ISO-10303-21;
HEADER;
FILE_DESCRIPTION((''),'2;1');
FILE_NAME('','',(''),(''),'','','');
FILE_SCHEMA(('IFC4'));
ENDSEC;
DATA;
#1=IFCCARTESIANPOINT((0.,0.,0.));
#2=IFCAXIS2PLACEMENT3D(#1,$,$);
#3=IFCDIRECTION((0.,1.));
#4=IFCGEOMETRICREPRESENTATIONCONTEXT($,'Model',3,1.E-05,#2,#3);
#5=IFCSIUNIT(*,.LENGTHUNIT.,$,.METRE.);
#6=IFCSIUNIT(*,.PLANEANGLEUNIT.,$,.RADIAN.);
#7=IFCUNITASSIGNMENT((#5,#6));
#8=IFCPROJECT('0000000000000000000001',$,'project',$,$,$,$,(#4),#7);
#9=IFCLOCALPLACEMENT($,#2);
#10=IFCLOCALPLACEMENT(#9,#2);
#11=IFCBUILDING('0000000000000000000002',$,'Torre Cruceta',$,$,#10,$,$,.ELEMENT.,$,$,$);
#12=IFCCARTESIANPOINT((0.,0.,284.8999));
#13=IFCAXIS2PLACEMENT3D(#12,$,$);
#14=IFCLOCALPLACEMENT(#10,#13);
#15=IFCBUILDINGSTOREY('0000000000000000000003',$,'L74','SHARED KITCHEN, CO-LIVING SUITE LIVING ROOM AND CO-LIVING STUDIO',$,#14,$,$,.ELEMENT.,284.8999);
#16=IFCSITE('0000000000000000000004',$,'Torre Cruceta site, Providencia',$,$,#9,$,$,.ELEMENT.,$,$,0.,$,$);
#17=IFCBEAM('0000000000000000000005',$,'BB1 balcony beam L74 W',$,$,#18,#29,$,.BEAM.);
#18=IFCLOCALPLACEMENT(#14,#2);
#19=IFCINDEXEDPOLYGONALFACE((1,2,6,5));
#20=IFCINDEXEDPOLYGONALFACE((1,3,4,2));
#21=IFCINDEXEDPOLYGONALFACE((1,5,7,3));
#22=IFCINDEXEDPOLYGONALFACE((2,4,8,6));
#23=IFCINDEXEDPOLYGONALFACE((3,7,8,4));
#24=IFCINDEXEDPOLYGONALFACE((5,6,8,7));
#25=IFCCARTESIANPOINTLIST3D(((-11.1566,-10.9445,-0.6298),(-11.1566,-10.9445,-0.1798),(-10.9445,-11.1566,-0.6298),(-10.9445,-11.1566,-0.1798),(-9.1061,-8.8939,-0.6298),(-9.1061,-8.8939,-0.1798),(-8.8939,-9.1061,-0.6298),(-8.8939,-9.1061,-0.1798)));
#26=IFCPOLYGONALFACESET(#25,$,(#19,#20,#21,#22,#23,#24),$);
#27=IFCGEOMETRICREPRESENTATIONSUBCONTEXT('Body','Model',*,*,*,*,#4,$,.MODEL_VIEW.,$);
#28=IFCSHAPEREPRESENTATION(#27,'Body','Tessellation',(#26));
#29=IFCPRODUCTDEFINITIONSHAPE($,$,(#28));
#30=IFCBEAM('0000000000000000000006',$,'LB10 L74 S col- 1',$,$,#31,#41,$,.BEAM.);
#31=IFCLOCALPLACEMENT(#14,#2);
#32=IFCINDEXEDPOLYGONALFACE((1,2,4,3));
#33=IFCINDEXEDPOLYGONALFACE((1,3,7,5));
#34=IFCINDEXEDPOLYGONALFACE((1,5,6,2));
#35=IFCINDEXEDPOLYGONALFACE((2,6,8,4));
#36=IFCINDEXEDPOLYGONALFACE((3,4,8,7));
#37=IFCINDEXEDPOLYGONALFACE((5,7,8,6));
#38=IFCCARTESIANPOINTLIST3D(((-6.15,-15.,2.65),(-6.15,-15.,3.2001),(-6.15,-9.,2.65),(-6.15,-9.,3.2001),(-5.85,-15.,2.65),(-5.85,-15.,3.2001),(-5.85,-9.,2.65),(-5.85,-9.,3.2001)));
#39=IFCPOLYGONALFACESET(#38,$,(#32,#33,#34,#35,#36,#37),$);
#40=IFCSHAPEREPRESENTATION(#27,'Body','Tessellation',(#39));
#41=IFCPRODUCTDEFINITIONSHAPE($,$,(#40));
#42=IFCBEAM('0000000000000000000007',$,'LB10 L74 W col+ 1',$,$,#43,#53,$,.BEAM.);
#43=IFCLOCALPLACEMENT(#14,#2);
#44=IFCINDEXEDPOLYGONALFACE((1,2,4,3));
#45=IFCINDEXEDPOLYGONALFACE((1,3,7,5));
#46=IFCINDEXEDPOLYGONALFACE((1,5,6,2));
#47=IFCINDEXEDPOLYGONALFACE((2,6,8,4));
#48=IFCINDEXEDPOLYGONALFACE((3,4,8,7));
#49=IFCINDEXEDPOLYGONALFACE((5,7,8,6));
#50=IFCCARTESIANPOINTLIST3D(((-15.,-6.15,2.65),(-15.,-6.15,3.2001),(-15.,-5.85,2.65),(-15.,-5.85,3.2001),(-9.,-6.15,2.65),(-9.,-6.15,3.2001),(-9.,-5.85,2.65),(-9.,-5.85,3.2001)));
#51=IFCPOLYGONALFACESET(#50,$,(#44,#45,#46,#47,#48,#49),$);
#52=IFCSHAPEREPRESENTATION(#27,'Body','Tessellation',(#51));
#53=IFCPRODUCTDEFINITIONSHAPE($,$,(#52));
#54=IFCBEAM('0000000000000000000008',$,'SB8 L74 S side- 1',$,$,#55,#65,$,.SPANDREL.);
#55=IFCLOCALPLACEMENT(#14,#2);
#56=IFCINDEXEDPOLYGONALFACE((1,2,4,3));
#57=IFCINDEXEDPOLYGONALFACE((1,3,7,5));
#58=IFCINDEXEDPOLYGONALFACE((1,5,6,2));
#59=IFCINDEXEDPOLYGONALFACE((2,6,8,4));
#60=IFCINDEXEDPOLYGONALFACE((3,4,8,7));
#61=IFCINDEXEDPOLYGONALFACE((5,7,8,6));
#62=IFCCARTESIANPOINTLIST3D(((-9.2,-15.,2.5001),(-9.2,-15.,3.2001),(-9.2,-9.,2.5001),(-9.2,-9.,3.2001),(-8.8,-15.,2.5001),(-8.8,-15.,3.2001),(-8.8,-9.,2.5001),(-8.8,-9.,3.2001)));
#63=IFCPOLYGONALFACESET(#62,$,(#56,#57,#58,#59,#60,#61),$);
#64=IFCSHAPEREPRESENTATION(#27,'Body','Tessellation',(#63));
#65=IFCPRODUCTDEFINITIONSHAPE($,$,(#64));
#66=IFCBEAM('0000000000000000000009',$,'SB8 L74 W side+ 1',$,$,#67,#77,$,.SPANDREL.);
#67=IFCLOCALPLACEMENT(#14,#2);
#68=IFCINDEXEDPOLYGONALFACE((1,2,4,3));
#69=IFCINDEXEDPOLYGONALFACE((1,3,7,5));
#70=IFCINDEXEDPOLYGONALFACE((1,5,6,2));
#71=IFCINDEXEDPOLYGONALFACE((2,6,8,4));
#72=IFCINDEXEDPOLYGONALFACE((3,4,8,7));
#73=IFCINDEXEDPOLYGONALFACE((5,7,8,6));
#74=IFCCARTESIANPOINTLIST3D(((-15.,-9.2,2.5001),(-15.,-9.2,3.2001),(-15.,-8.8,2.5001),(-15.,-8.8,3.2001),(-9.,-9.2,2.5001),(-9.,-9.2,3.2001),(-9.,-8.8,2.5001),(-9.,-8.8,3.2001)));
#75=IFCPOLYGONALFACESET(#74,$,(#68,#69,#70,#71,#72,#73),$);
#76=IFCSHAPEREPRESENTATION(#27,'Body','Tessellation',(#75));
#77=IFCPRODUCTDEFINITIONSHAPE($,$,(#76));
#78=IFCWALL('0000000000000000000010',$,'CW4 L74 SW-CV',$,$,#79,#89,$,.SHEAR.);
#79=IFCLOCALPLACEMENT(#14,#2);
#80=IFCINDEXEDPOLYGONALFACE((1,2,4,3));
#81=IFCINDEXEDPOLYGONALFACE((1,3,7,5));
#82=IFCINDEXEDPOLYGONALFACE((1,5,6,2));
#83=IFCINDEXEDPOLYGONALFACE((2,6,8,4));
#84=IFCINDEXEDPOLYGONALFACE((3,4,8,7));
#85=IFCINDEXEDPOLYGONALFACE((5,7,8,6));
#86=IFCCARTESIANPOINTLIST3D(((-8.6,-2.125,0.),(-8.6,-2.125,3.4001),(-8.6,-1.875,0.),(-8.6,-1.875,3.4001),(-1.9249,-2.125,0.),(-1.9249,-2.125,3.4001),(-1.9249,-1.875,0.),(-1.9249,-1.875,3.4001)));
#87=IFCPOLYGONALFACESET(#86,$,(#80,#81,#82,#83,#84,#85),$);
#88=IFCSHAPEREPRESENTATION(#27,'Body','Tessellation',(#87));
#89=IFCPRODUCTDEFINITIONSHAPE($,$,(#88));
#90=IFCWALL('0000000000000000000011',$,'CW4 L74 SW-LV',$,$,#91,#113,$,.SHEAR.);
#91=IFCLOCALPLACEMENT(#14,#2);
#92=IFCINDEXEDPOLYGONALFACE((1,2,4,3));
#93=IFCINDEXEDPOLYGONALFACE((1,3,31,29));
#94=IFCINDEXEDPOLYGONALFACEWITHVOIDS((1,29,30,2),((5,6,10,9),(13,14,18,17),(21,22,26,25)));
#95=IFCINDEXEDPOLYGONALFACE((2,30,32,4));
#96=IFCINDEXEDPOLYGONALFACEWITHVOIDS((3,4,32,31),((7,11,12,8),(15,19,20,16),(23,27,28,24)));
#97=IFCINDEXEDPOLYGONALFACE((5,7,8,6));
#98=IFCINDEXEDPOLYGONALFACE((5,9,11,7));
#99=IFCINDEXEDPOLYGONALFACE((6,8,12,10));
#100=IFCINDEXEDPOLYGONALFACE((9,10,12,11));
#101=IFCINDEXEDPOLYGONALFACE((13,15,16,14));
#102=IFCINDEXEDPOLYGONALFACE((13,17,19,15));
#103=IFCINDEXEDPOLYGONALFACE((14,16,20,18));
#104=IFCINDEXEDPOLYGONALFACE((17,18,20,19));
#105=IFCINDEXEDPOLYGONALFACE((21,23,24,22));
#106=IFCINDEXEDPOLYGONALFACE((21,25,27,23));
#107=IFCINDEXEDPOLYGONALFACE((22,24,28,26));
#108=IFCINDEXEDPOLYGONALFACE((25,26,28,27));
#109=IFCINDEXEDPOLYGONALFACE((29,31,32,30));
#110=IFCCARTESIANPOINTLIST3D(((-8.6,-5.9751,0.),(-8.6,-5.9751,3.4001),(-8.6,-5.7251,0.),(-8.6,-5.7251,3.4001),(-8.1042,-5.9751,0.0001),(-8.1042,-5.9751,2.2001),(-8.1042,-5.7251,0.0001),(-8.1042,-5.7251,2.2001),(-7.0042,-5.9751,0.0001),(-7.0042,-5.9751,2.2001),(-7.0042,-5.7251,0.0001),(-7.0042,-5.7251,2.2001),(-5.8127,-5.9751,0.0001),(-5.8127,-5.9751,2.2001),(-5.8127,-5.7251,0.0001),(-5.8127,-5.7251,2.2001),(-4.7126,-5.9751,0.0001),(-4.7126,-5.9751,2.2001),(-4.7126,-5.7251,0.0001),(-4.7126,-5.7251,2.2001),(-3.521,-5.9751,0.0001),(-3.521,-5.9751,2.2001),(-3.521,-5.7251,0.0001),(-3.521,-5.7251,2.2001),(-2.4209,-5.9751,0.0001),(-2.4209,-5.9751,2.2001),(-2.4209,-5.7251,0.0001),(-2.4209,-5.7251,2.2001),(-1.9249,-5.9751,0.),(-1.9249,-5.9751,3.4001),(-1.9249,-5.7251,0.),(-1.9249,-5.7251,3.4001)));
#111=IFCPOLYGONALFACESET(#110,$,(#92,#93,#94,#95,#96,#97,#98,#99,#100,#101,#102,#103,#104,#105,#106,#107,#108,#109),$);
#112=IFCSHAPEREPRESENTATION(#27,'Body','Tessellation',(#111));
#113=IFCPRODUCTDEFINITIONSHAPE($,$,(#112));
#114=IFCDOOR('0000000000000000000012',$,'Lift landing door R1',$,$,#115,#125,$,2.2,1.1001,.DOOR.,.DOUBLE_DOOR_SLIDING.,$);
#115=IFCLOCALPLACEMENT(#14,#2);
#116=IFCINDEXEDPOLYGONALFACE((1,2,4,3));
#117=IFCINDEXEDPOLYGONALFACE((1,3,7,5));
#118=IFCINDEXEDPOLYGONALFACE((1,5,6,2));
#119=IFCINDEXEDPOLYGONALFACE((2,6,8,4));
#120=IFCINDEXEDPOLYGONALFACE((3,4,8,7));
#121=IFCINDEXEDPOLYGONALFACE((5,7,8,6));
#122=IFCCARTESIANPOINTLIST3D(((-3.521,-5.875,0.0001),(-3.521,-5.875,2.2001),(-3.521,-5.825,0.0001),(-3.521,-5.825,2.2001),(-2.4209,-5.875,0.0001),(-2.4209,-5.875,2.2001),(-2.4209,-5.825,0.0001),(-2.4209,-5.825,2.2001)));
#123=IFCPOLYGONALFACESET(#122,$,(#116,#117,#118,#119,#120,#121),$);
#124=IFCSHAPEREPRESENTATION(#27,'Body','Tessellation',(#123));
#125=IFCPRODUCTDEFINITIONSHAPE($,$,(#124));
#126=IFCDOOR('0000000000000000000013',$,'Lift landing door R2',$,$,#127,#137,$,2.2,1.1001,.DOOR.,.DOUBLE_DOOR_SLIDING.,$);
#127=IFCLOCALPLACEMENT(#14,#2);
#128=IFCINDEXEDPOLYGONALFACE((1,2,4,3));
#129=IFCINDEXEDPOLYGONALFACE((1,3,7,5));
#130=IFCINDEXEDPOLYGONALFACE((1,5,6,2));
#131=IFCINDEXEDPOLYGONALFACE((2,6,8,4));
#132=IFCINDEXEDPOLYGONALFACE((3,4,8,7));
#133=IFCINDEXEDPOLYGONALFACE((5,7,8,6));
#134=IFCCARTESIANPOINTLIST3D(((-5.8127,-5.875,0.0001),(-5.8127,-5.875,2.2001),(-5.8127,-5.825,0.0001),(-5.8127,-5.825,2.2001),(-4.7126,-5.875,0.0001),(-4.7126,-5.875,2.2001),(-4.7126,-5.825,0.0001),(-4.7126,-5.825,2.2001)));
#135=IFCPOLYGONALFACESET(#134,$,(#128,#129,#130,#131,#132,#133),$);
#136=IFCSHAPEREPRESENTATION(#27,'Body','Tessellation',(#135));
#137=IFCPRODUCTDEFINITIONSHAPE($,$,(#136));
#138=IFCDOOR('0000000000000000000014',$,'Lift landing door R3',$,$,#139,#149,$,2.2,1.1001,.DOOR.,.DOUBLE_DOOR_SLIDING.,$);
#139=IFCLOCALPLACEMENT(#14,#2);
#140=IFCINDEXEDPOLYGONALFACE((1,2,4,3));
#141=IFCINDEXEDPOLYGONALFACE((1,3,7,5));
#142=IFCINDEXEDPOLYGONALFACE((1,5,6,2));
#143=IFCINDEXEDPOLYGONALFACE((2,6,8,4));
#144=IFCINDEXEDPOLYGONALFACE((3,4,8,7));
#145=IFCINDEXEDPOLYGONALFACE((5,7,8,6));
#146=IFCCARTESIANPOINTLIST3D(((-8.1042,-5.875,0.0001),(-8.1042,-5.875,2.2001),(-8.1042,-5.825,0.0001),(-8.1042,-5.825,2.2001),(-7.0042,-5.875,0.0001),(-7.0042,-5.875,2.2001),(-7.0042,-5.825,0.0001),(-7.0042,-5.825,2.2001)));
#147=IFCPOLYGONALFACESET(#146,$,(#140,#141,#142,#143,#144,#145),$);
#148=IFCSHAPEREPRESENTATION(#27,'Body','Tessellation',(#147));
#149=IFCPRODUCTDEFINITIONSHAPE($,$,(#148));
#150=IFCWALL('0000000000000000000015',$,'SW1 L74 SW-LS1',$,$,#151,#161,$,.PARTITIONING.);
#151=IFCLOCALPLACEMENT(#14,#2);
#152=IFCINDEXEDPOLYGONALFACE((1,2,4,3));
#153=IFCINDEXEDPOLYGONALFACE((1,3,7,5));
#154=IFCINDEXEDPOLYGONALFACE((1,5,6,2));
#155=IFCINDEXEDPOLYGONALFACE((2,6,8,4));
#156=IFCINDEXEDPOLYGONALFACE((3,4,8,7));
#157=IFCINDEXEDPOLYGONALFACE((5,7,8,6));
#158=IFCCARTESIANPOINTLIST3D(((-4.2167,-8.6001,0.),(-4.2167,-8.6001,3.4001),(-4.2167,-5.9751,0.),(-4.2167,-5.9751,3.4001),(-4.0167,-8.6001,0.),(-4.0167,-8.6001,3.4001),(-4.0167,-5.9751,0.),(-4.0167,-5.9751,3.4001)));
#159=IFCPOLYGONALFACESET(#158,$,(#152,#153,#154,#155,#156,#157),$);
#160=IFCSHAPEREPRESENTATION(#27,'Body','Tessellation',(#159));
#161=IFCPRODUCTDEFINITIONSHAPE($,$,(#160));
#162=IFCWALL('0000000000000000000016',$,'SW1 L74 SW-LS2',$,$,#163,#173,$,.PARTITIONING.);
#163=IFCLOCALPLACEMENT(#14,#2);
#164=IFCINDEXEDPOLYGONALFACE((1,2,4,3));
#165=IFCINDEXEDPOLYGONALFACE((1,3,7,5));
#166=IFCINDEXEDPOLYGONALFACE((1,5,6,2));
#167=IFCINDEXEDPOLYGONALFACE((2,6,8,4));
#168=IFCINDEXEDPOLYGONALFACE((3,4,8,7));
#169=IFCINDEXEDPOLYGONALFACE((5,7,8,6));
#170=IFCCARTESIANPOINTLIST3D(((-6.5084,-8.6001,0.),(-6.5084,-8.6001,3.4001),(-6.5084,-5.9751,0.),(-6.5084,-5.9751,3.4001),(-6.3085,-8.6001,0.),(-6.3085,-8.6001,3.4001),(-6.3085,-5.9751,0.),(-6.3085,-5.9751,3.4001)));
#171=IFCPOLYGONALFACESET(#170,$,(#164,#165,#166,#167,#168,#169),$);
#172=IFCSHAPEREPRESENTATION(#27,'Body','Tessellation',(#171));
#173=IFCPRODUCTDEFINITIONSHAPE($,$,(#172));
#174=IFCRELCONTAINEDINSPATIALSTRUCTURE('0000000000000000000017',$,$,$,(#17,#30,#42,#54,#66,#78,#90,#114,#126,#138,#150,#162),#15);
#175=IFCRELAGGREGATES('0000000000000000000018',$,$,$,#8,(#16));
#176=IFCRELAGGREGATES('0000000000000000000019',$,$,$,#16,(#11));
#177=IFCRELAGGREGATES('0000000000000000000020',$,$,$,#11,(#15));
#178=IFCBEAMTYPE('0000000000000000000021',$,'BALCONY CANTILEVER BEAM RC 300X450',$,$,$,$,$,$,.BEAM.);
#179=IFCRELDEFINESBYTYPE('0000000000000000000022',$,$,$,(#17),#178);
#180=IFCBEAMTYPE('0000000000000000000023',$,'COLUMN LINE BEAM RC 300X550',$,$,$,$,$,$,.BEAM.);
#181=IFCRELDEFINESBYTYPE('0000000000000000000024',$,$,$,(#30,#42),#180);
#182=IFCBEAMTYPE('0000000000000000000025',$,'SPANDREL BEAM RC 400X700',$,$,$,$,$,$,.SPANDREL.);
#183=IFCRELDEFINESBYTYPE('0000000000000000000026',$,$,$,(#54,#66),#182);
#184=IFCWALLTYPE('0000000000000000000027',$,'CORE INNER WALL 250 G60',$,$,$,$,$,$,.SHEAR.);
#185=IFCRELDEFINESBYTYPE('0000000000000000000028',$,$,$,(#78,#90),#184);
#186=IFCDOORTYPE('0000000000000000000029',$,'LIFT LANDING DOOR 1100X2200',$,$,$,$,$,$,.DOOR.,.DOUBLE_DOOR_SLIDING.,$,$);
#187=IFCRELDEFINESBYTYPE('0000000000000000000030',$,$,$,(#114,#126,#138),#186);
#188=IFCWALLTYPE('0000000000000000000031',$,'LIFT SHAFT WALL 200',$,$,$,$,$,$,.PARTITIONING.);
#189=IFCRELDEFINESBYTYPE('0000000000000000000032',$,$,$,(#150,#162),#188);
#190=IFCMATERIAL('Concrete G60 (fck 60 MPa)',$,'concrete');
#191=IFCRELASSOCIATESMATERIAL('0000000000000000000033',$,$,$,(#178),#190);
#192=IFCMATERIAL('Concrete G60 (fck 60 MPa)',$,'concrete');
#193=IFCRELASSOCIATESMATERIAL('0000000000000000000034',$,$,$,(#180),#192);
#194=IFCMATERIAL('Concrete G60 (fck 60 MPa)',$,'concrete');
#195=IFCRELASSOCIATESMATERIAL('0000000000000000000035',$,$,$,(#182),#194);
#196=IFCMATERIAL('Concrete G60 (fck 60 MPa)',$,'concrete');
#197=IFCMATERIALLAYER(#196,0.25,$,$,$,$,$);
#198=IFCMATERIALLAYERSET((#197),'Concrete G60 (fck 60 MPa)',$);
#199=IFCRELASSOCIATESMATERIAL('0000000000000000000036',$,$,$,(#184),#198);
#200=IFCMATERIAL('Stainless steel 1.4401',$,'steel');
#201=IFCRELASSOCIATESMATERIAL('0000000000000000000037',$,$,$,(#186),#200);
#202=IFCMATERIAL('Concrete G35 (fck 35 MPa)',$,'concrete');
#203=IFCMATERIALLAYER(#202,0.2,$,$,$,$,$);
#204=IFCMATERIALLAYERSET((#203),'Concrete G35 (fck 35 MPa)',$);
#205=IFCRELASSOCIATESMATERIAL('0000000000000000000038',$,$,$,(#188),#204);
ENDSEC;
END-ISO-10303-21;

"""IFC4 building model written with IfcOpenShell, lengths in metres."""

from ifc_helpers import new_model, si_unit, direction, frame, frame_2d, origin, origin_2d, place, context, subcontext, project, spatial, rectangle, extrude, material, layer, layer_set, material_profile, profile_set, type_object, element, fill, save


model = new_model("IFC4")

# Units and contexts
model_context = context("Model", 3, precision=1e-05, world=origin(), true_north=direction((0.0, 1.0)))
body_context = subcontext(model_context, "Body", "Model", "MODEL_VIEW")
ifc_project = project(units=[si_unit("LENGTHUNIT", "METRE"), si_unit("PLANEANGLEUNIT", "RADIAN")], contexts=[model_context])

# Site, building, storey
site_placement = place(None, origin())
site = spatial("IfcSite", under=ifc_project, at=site_placement, Name="Torre Cruceta site, Providencia", CompositionType="ELEMENT", RefElevation=0.0)
building_placement = place(site_placement, origin())
building = spatial("IfcBuilding", under=site, at=building_placement, Name="Torre Cruceta", CompositionType="ELEMENT")
storey_placement = place(building_placement, frame((0.0, 0.0, 284.8999)))
storey = spatial("IfcBuildingStorey", under=building, at=storey_placement, Name="L74", Description="SHARED KITCHEN, CO-LIVING SUITE LIVING ROOM AND CO-LIVING STUDIO", CompositionType="ELEMENT", Elevation=284.8999)

# Beams
ifc_material_1 = material(Name="Concrete G60 (fck 60 MPa)", Category="concrete")
ifc_material_profile_1 = material_profile(ifc_material_1, rectangle(XDim=0.3, YDim=0.45, at=origin_2d()), Name="RC 300X450")
ifc_profile_set_1 = profile_set([ifc_material_profile_1], Name="Concrete G60 (fck 60 MPa)")
beam_type_1 = type_object("IfcBeamType", Name="BALCONY CANTILEVER BEAM RC 300X450", PredefinedType="BEAM", material=ifc_profile_set_1)
beam_placement = place(storey_placement, frame((-9.0, -9.0, -0.4048), z_axis=(-0.707107, -0.707107, 0.0), x_axis=(0.707107, -0.707107, 0.0)))
element("IfcBeam", 1, at=beam_placement, inside=storey, type_object=beam_type_1, Name="BB1 balcony beam L74 W", PredefinedType="BEAM", context=body_context, shape_type="SweptSolid", body=[
    extrude(rectangle(XDim=0.3, YDim=0.45, at=origin_2d()), origin(), (0.0, 0.0, 1.0), 2.8999),
])
ifc_material_2 = material(Name="Concrete G60 (fck 60 MPa)", Category="concrete")
ifc_material_profile_2 = material_profile(ifc_material_2, rectangle(XDim=0.3, YDim=0.55, at=origin_2d()), Name="RC 300X550")
ifc_profile_set_2 = profile_set([ifc_material_profile_2], Name="Concrete G60 (fck 60 MPa)")
beam_type_2 = type_object("IfcBeamType", Name="COLUMN LINE BEAM RC 300X550", PredefinedType="BEAM", material=ifc_profile_set_2)
for number, where, z_axis, x_axis, name in (
    (2, (-6.0, -9.0, 2.925), (0.0, -1.0, 0.0), (1.0, 0.0, 0.0), "LB10 L74 S col- 1"),
    (3, (-9.0, -6.0, 2.925), (-1.0, 0.0, 0.0), (0.0, -1.0, 0.0), "LB10 L74 W col+ 1"),
):
    element("IfcBeam", number, at=place(storey_placement, frame(where, z_axis=z_axis, x_axis=x_axis)), inside=storey, type_object=beam_type_2, Name=name, PredefinedType="BEAM", context=body_context, shape_type="SweptSolid", body=[
        extrude(rectangle(XDim=0.3, YDim=0.55, at=origin_2d()), origin(), (0.0, 0.0, 1.0), 6.0),
    ])
ifc_material_3 = material(Name="Concrete G60 (fck 60 MPa)", Category="concrete")
ifc_material_profile_3 = material_profile(ifc_material_3, rectangle(XDim=0.3999, YDim=0.7, at=origin_2d()), Name="RC 400X700")
ifc_profile_set_3 = profile_set([ifc_material_profile_3], Name="Concrete G60 (fck 60 MPa)")
beam_type_3 = type_object("IfcBeamType", Name="SPANDREL BEAM RC 400X700", PredefinedType="SPANDREL", material=ifc_profile_set_3)
for number, where, z_axis, x_axis, name in (
    (4, (-9.0, -9.0, 2.8501), (0.0, -1.0, 0.0), (1.0, 0.0, 0.0), "SB8 L74 S side- 1"),
    (5, (-9.0, -9.0, 2.8501), (-1.0, 0.0, 0.0), (0.0, -1.0, 0.0), "SB8 L74 W side+ 1"),
):
    element("IfcBeam", number, at=place(storey_placement, frame(where, z_axis=z_axis, x_axis=x_axis)), inside=storey, type_object=beam_type_3, Name=name, PredefinedType="SPANDREL", context=body_context, shape_type="SweptSolid", body=[
        extrude(rectangle(XDim=0.3999, YDim=0.7, at=origin_2d()), origin(), (0.0, 0.0, 1.0), 6.0),
    ])

# Shared definitions
ifc_material_4 = material(Name="Concrete G60 (fck 60 MPa)", Category="concrete")
ifc_layer_1 = layer(ifc_material_4, 0.25)
ifc_layer_set_1 = layer_set([ifc_layer_1], Name="Concrete G60 (fck 60 MPa)")
wall_type_1 = type_object("IfcWallType", Name="CORE INNER WALL 250 G60", PredefinedType="SHEAR", material=ifc_layer_set_1)

# Wall
wall_1_placement = place(storey_placement, frame((-1.925, -2.0, 0.0), z_axis=(0.0, 0.0, 1.0), x_axis=(-1.0, 0.0, 0.0)))
element("IfcWall", 6, at=wall_1_placement, inside=storey, type_object=wall_type_1, Name="CW4 L74 SW-CV", PredefinedType="SHEAR", context=body_context, shape_type="SweptSolid", body=[
    extrude(rectangle(XDim=6.675, YDim=0.25, at=frame_2d((3.3374, 0.0))), origin(), (0.0, 0.0, 1.0), 3.4001),
])

# Wall, openings, doors
wall_2_placement = place(storey_placement, frame((-1.925, -5.8501, 0.0), z_axis=(0.0, 0.0, 1.0), x_axis=(-1.0, 0.0, 0.0)))
wall_2 = element("IfcWall", 7, at=wall_2_placement, inside=storey, type_object=wall_type_1, Name="CW4 L74 SW-LV", PredefinedType="SHEAR", context=body_context, shape_type="SweptSolid", body=[
    extrude(rectangle(XDim=6.675, YDim=0.25, at=frame_2d((3.3374, 0.0))), origin(), (0.0, 0.0, 1.0), 3.4001),
])
opening_1_placement = place(wall_2_placement, frame((0.4958, 0.0, 0.0)))
opening_1 = element("IfcOpeningElement", 8, at=opening_1_placement, cuts=wall_2, PredefinedType="OPENING", context=body_context, shape_type="SweptSolid", body=[
    extrude(rectangle(XDim=1.1001, YDim=2.2, at=frame_2d((0.55, 1.1001))), frame((0.0, 0.135, 0.0), z_axis=(0.0, -1.0, 0.0), x_axis=(1.0, 0.0, 0.0)), (0.0, 0.0, 1.0), 0.27),
])
opening_2_placement = place(wall_2_placement, frame((2.7876, 0.0, 0.0)))
opening_2 = element("IfcOpeningElement", 9, at=opening_2_placement, cuts=wall_2, PredefinedType="OPENING", context=body_context, shape_type="SweptSolid", body=[
    extrude(rectangle(XDim=1.1001, YDim=2.2, at=frame_2d((0.55, 1.1001))), frame((0.0, 0.135, 0.0), z_axis=(0.0, -1.0, 0.0), x_axis=(1.0, 0.0, 0.0)), (0.0, 0.0, 1.0), 0.27),
])
opening_3_placement = place(wall_2_placement, frame((5.0791, 0.0, 0.0)))
opening_3 = element("IfcOpeningElement", 10, at=opening_3_placement, cuts=wall_2, PredefinedType="OPENING", context=body_context, shape_type="SweptSolid", body=[
    extrude(rectangle(XDim=1.1001, YDim=2.2, at=frame_2d((0.55, 1.1001))), frame((0.0, 0.135, 0.0), z_axis=(0.0, -1.0, 0.0), x_axis=(1.0, 0.0, 0.0)), (0.0, 0.0, 1.0), 0.27),
])
ifc_material_5 = material(Name="Stainless steel 1.4401", Category="steel")
door_type_1 = type_object("IfcDoorType", Name="LIFT LANDING DOOR 1100X2200", OperationType="DOUBLE_DOOR_SLIDING", PredefinedType="DOOR", material=ifc_material_5)
door_1_placement = place(opening_1_placement, origin())
door_1 = element("IfcDoor", 11, at=door_1_placement, inside=storey, type_object=door_type_1, Name="Lift landing door R1", OperationType="DOUBLE_DOOR_SLIDING", OverallHeight=2.2, OverallWidth=1.1001, PredefinedType="DOOR", context=body_context, shape_type="SweptSolid", body=[
    extrude(rectangle(XDim=1.1001, YDim=2.2, at=frame_2d((0.55, 1.1001))), frame((0.0, 0.0249, 0.0), z_axis=(0.0, -1.0, 0.0), x_axis=(1.0, 0.0, 0.0)), (0.0, 0.0, 1.0), 0.05),
])
fill(opening_1, door_1)
door_2_placement = place(opening_2_placement, origin())
door_2 = element("IfcDoor", 12, at=door_2_placement, inside=storey, type_object=door_type_1, Name="Lift landing door R2", OperationType="DOUBLE_DOOR_SLIDING", OverallHeight=2.2, OverallWidth=1.1001, PredefinedType="DOOR", context=body_context, shape_type="SweptSolid", body=[
    extrude(rectangle(XDim=1.1001, YDim=2.2, at=frame_2d((0.55, 1.1001))), frame((0.0, 0.0249, 0.0), z_axis=(0.0, -1.0, 0.0), x_axis=(1.0, 0.0, 0.0)), (0.0, 0.0, 1.0), 0.05),
])
fill(opening_2, door_2)
door_3_placement = place(opening_3_placement, origin())
door_3 = element("IfcDoor", 13, at=door_3_placement, inside=storey, type_object=door_type_1, Name="Lift landing door R3", OperationType="DOUBLE_DOOR_SLIDING", OverallHeight=2.2, OverallWidth=1.1001, PredefinedType="DOOR", context=body_context, shape_type="SweptSolid", body=[
    extrude(rectangle(XDim=1.1001, YDim=2.2, at=frame_2d((0.55, 1.1001))), frame((0.0, 0.0249, 0.0), z_axis=(0.0, -1.0, 0.0), x_axis=(1.0, 0.0, 0.0)), (0.0, 0.0, 1.0), 0.05),
])
fill(opening_3, door_3)

# Walls
ifc_material_6 = material(Name="Concrete G35 (fck 35 MPa)", Category="concrete")
ifc_layer_2 = layer(ifc_material_6, 0.2)
ifc_layer_set_2 = layer_set([ifc_layer_2], Name="Concrete G35 (fck 35 MPa)")
wall_type_2 = type_object("IfcWallType", Name="LIFT SHAFT WALL 200", PredefinedType="PARTITIONING", material=ifc_layer_set_2)
for number, where, z_axis, x_axis, name in (
    (14, (-4.1167, -5.9751, 0.0), (0.0, 0.0, 1.0), (0.0, -1.0, 0.0), "SW1 L74 SW-LS1"),
    (15, (-6.4084, -5.9751, 0.0), (0.0, 0.0, 1.0), (0.0, -1.0, 0.0), "SW1 L74 SW-LS2"),
):
    element("IfcWall", number, at=place(storey_placement, frame(where, z_axis=z_axis, x_axis=x_axis)), inside=storey, type_object=wall_type_2, Name=name, PredefinedType="PARTITIONING", context=body_context, shape_type="SweptSolid", body=[
        extrude(rectangle(XDim=2.625, YDim=0.2, at=frame_2d((1.3125, 0.0))), origin(), (0.0, 0.0, 1.0), 3.4001),
    ])

save(model, "model.ifc")
